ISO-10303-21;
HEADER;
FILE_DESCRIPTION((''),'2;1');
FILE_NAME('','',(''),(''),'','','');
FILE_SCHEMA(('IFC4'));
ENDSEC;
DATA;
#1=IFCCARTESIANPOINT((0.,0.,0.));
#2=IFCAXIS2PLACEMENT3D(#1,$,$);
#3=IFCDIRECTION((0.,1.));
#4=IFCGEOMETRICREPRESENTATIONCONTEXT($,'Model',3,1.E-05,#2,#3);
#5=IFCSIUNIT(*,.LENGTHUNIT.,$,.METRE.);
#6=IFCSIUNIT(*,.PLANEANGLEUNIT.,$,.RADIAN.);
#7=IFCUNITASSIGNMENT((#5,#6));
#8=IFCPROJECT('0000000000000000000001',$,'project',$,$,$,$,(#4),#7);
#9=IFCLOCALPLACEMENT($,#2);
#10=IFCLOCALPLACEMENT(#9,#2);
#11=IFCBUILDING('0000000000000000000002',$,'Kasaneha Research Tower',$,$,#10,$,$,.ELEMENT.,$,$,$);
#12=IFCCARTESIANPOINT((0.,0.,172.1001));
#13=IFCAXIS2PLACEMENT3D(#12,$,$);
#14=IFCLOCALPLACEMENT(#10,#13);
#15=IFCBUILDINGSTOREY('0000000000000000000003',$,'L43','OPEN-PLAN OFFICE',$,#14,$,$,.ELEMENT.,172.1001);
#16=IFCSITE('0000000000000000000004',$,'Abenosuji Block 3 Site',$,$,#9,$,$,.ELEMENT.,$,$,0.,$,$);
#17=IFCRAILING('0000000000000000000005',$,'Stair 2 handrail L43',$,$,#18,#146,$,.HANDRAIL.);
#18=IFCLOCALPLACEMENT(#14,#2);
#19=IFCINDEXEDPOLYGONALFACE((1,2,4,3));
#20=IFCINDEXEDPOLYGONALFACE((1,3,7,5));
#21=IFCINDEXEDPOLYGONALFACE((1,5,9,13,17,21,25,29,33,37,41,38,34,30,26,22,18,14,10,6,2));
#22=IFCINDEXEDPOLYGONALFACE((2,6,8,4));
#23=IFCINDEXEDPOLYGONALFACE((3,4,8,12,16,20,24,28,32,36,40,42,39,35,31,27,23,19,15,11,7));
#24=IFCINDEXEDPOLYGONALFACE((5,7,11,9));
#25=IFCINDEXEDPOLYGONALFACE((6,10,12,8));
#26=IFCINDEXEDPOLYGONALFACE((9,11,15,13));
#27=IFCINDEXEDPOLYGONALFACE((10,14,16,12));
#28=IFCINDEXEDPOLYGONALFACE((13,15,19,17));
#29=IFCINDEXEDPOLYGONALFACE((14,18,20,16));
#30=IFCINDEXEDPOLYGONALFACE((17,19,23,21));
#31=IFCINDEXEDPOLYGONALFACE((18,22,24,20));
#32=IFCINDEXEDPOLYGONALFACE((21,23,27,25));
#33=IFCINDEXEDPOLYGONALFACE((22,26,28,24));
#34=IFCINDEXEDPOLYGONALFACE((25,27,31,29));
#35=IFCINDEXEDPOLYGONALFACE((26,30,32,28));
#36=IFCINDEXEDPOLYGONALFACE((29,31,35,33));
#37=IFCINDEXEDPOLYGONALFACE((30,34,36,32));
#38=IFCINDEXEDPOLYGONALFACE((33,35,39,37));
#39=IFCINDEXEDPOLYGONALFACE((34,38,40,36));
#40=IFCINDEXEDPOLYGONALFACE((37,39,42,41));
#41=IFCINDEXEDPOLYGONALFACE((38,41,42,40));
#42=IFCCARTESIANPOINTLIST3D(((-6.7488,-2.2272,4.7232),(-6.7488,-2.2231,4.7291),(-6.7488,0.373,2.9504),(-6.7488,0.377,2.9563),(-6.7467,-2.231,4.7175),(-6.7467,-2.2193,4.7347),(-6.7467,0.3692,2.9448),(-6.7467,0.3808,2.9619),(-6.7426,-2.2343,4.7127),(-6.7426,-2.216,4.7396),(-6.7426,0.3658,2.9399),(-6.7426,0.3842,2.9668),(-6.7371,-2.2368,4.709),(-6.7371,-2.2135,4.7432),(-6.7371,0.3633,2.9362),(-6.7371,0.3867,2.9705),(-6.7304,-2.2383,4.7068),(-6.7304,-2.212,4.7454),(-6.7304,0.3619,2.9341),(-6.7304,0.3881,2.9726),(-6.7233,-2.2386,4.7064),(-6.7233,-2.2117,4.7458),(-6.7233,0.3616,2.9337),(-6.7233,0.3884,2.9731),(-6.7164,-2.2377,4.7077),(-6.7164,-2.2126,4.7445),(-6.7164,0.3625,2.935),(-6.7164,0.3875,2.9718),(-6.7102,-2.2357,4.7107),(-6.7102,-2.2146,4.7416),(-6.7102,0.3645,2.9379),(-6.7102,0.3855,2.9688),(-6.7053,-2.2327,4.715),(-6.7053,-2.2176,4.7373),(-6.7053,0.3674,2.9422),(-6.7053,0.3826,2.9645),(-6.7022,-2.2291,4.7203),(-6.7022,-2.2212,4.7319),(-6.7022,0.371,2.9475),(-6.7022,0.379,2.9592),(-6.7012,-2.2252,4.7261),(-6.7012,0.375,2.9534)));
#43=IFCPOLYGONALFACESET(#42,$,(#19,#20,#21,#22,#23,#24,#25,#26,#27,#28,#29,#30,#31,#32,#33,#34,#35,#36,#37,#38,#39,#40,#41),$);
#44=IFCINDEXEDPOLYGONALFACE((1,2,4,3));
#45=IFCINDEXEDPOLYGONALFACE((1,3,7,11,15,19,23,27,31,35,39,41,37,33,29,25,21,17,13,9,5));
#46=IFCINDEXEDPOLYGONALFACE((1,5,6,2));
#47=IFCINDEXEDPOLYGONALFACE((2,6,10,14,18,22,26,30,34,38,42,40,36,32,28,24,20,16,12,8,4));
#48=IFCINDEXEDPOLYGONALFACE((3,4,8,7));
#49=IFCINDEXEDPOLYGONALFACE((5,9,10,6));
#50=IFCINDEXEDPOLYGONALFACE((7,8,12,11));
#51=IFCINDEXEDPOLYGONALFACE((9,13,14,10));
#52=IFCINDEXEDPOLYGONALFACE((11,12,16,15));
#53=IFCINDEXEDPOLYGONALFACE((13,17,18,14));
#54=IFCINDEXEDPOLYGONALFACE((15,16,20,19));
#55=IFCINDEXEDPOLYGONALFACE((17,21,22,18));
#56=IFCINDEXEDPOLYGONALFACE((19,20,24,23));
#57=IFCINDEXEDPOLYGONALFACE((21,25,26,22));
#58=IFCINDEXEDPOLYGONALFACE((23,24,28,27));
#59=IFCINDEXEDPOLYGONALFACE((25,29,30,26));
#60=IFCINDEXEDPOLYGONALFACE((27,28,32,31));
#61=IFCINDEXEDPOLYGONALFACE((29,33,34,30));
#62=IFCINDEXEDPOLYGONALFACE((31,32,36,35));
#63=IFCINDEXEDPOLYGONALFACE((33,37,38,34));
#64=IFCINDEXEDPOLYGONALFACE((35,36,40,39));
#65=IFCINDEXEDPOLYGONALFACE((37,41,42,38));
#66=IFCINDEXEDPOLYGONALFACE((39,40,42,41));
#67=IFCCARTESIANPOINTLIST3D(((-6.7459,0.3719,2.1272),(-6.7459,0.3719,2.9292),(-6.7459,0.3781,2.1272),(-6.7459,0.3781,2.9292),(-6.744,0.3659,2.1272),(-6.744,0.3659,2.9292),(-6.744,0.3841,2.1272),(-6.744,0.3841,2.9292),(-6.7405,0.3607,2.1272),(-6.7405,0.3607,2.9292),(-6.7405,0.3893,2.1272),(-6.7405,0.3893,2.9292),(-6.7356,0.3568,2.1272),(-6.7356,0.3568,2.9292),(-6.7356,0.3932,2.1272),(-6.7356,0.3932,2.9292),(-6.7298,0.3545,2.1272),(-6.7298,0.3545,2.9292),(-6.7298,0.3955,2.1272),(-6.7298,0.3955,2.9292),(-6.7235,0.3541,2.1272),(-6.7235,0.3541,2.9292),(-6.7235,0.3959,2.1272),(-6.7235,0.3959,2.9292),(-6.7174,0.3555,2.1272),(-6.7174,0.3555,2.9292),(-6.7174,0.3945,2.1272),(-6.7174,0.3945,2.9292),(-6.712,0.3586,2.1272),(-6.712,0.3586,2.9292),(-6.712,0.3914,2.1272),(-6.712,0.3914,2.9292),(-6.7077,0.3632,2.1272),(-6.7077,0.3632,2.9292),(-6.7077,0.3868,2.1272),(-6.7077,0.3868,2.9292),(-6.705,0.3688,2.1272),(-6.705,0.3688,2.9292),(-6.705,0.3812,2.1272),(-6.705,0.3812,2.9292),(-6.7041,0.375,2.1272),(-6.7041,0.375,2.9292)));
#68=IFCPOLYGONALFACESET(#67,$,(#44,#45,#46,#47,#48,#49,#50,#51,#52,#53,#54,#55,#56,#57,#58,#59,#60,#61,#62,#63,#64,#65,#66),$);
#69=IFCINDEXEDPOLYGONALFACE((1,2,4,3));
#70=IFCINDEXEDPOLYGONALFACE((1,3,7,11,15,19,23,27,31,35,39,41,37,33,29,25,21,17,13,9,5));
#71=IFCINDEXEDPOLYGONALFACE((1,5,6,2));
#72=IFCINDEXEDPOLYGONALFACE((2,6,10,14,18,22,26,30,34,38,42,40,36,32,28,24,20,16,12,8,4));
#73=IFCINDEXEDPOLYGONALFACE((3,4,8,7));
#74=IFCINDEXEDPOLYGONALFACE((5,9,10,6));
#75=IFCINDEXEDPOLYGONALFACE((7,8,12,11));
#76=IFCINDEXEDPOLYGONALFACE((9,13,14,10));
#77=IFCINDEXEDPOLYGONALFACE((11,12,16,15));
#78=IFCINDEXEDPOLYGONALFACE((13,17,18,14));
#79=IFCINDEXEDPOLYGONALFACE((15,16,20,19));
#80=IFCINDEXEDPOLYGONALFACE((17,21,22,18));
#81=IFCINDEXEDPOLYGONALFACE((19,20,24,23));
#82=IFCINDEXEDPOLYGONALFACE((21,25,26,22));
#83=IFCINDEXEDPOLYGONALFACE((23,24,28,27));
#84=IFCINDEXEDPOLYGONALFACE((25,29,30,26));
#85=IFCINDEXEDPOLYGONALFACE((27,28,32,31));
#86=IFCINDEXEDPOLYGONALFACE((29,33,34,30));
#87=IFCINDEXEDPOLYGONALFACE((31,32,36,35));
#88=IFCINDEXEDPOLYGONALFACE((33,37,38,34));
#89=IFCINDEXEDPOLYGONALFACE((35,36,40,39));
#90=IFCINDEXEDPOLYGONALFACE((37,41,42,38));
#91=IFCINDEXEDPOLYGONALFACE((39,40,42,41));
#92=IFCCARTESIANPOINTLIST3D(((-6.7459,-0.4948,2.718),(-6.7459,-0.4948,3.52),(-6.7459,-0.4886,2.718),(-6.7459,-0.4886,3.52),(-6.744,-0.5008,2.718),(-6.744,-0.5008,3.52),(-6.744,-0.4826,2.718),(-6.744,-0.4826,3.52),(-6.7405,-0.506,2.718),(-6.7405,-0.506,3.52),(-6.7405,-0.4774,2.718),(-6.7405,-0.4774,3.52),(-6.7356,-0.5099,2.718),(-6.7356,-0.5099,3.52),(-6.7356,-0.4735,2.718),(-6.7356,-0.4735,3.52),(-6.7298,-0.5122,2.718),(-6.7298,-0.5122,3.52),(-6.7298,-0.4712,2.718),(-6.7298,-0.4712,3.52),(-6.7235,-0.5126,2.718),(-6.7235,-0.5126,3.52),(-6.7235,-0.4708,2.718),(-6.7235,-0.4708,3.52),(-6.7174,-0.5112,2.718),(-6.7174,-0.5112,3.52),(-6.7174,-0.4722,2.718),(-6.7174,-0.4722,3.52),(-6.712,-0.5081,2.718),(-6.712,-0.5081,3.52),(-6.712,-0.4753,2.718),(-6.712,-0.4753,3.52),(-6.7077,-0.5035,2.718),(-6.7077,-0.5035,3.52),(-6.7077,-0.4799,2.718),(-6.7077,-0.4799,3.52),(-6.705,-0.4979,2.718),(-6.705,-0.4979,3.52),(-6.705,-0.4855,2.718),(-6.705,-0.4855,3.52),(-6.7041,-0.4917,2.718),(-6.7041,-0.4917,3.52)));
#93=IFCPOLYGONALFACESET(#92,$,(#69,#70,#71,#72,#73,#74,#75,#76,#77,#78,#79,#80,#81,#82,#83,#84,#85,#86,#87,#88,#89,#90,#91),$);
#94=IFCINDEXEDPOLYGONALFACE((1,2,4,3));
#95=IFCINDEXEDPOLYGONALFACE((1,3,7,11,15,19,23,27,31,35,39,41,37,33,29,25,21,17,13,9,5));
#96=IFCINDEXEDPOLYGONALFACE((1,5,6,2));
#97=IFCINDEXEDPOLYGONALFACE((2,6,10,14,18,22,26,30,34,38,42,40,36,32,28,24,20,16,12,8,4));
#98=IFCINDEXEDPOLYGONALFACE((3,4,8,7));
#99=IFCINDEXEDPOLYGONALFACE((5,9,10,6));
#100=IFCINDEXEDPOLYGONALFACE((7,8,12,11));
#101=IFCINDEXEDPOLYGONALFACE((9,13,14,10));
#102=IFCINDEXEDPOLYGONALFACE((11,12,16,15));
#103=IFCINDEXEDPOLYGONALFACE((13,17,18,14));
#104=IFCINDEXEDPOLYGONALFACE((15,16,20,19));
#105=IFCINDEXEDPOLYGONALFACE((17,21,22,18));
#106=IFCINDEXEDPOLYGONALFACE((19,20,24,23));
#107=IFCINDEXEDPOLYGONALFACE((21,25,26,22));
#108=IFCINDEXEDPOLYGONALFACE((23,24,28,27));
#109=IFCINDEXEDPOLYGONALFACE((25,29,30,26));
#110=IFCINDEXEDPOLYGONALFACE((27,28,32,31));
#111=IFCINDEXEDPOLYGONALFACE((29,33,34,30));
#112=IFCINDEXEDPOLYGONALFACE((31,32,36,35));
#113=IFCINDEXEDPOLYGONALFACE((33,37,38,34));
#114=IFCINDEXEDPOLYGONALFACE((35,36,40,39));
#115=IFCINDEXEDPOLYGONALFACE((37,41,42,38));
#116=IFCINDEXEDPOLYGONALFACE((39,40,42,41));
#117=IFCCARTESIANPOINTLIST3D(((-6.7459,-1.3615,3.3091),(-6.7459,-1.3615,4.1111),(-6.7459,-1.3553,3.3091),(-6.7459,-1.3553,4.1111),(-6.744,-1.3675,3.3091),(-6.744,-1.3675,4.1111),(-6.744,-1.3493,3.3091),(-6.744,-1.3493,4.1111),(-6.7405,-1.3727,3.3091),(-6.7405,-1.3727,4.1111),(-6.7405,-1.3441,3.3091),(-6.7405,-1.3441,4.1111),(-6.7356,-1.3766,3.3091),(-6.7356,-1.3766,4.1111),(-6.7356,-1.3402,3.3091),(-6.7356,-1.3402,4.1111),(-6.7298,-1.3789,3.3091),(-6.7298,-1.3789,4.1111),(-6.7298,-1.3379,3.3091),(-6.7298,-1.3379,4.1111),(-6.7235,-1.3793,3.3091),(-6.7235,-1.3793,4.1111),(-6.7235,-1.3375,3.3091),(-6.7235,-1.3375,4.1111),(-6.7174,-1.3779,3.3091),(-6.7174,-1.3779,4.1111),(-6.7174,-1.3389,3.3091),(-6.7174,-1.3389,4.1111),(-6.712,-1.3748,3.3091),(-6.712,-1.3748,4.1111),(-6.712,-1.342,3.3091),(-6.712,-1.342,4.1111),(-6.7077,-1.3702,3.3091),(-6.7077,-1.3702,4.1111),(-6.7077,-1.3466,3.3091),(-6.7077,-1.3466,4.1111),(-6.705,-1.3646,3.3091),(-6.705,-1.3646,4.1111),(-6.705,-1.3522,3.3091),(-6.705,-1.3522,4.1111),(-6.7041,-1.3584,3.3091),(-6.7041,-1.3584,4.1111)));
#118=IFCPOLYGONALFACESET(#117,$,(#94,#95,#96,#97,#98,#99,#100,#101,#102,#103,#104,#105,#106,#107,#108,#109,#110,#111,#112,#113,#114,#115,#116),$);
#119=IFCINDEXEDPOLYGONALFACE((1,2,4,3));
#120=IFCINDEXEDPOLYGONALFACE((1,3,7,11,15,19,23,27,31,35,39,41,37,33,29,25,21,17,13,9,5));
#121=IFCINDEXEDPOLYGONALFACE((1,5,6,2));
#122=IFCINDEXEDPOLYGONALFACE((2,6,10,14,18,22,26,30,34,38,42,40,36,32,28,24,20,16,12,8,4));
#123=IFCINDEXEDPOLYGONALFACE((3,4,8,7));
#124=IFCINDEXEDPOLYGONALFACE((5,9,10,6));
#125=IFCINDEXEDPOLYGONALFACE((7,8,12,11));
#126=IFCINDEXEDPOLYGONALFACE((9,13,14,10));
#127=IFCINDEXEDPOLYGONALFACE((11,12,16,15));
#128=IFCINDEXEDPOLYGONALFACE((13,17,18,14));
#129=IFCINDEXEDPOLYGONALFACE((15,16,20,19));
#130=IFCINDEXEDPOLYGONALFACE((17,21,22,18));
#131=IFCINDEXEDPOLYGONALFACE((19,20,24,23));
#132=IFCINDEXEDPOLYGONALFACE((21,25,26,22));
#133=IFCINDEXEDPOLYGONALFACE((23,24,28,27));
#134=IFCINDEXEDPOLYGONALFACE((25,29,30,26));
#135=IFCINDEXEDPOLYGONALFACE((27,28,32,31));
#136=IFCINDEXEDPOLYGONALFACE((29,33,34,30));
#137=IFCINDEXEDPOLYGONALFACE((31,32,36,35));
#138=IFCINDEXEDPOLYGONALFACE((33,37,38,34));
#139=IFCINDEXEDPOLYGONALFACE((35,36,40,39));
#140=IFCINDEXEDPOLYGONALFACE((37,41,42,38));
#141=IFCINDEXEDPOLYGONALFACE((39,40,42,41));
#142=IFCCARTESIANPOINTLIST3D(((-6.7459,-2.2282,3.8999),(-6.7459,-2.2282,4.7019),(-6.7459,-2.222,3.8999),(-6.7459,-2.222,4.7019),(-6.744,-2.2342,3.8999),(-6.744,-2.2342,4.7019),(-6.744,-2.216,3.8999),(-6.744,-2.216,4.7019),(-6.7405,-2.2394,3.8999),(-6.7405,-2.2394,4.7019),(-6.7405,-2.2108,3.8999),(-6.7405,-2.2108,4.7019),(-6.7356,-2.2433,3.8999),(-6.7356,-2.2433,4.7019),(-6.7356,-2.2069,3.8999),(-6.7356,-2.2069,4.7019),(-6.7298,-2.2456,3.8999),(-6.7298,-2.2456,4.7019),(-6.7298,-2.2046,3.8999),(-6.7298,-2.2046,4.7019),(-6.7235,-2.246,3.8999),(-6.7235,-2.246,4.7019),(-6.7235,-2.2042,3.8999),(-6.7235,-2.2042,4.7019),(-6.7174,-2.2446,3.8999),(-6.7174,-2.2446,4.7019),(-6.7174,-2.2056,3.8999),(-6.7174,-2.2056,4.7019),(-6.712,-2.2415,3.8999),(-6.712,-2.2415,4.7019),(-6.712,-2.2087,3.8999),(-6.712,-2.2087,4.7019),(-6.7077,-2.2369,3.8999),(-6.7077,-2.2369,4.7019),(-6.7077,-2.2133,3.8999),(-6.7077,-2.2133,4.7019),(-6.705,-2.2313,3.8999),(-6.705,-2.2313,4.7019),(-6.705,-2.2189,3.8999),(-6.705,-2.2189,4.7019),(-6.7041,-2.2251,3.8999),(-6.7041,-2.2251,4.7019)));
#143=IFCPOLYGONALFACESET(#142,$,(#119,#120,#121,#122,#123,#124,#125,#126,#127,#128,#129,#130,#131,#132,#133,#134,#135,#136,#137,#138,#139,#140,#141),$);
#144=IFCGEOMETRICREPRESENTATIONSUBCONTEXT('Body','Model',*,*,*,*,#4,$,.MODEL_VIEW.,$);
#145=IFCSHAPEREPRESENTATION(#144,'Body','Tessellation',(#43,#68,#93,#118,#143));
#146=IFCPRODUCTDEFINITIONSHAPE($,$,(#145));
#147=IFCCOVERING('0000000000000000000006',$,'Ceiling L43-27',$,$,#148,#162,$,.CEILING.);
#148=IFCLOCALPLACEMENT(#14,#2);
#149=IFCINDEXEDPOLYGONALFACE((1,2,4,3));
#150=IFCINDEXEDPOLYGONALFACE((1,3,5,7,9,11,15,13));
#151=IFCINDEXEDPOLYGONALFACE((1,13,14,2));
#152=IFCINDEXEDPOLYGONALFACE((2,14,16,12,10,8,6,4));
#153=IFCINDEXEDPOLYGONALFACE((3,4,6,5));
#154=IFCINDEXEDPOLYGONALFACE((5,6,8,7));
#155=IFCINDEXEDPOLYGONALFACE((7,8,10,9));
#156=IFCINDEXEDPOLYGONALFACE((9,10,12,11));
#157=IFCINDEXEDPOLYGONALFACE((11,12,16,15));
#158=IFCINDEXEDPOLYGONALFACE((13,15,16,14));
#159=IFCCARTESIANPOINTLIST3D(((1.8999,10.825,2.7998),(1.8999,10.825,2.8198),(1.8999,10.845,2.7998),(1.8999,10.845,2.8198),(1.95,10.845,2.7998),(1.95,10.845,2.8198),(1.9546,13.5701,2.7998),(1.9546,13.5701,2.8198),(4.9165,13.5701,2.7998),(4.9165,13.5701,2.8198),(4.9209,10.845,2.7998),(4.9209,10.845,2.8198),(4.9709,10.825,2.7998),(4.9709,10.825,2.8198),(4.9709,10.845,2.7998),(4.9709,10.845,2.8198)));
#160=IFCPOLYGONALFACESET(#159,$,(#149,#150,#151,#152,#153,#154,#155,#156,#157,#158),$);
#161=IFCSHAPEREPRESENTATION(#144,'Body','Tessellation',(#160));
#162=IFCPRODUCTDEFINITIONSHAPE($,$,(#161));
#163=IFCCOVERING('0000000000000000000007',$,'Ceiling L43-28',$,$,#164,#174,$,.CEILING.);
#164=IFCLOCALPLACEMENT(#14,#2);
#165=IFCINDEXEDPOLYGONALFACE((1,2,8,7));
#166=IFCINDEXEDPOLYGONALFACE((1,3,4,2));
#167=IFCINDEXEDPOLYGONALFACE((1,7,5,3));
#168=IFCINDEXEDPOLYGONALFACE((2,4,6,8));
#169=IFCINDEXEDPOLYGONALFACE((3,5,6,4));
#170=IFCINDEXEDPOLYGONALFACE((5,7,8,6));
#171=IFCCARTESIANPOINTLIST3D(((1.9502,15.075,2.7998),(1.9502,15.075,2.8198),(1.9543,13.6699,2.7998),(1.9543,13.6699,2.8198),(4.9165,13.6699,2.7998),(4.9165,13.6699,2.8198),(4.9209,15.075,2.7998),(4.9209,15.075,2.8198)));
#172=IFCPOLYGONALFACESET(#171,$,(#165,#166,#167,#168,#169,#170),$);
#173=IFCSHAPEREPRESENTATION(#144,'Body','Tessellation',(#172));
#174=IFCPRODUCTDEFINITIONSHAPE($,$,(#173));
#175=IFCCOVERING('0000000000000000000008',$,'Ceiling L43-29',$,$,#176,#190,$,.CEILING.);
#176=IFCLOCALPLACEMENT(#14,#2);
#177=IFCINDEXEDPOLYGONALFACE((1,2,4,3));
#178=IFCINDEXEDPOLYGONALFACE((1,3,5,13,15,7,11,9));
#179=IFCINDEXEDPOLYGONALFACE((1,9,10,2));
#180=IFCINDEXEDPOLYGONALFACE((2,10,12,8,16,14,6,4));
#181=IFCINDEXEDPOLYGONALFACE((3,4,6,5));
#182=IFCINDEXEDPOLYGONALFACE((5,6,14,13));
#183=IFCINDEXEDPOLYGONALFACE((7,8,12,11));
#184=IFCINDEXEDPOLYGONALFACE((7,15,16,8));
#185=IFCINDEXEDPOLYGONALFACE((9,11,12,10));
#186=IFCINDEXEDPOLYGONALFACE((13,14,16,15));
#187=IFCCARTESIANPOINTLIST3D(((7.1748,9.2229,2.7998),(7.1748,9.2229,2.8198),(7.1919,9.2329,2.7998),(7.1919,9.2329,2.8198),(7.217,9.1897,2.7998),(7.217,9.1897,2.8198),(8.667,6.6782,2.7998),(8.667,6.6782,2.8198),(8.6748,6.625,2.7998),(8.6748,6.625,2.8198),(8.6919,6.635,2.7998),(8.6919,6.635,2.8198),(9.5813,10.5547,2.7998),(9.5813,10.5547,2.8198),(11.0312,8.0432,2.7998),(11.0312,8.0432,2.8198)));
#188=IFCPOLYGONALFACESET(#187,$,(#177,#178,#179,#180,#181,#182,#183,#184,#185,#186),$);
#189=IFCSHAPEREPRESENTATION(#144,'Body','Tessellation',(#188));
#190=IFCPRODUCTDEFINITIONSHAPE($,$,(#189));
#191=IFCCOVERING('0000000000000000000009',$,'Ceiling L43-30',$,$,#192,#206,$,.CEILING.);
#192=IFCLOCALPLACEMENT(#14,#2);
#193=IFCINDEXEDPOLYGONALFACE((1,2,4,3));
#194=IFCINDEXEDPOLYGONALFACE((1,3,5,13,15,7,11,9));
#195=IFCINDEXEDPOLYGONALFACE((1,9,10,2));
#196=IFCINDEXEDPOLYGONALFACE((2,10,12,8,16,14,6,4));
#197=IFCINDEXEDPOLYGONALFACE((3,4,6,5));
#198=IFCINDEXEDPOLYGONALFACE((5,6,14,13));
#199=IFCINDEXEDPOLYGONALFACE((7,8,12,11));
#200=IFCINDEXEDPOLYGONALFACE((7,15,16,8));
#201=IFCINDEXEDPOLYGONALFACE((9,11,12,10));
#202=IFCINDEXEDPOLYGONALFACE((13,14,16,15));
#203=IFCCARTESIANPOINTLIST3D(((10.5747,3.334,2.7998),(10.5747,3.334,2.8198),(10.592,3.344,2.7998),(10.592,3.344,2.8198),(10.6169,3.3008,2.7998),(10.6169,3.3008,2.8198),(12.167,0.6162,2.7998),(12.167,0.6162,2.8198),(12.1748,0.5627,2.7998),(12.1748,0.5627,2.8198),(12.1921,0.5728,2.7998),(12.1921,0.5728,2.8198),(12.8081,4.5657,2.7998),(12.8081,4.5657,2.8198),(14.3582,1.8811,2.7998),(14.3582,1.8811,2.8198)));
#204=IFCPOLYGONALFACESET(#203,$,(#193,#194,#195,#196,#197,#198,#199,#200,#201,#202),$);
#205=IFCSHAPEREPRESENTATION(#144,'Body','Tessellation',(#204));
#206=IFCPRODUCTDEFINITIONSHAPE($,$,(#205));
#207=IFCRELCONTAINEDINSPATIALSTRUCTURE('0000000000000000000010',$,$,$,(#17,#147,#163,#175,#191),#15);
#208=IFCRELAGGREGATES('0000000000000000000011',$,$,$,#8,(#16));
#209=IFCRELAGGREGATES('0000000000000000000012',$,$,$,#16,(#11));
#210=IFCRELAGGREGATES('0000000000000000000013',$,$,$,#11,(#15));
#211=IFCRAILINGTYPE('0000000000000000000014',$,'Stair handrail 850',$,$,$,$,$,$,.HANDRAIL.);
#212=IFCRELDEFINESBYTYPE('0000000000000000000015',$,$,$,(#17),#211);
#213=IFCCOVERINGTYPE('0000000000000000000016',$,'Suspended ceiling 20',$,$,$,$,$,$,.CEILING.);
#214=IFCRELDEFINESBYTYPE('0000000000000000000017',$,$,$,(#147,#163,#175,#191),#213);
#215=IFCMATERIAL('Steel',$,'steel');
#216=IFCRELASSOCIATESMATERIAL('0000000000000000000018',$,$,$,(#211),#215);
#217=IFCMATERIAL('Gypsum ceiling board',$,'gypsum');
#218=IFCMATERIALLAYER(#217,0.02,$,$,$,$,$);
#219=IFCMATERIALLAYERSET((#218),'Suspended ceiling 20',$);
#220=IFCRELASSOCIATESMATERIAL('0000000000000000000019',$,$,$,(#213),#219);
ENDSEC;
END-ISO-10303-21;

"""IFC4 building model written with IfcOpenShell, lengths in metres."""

from ifc_helpers import new_model, si_unit, direction, frame, origin, origin_2d, place, context, subcontext, project, spatial, polyline, circle, outline, extrude, material, layer, layer_set, type_object, element, save


model = new_model("IFC4")

# Units and contexts
model_context = context("Model", 3, precision=1e-05, world=origin(), true_north=direction((0.0, 1.0)))
body_context = subcontext(model_context, "Body", "Model", "MODEL_VIEW")
ifc_project = project(units=[si_unit("LENGTHUNIT", "METRE"), si_unit("PLANEANGLEUNIT", "RADIAN")], contexts=[model_context])

# Site, building, storey
site_placement = place(None, origin())
site = spatial("IfcSite", under=ifc_project, at=site_placement, Name="Abenosuji Block 3 Site", CompositionType="ELEMENT", RefElevation=0.0)
building_placement = place(site_placement, origin())
building = spatial("IfcBuilding", under=site, at=building_placement, Name="Kasaneha Research Tower", CompositionType="ELEMENT")
storey_placement = place(building_placement, frame((0.0, 0.0, 172.1001)))
storey = spatial("IfcBuildingStorey", under=building, at=storey_placement, Name="L43", Description="OPEN-PLAN OFFICE", CompositionType="ELEMENT", Elevation=172.1001)

# Railing
ifc_material_1 = material(Name="Steel", Category="steel")
railing_type_1 = type_object("IfcRailingType", Name="Stair handrail 850", PredefinedType="HANDRAIL", material=ifc_material_1)
railing_1_placement = place(storey_placement, frame((-6.7251, 0.375, 2.1272)))
element("IfcRailing", 1, at=railing_1_placement, inside=storey, type_object=railing_type_1, Name="Stair 2 handrail L43", PredefinedType="HANDRAIL", context=body_context, shape_type="SweptSolid", body=[
    extrude(circle(Radius=0.0239, at=origin_2d()), frame((0.0, 0.0, 0.8262), z_axis=(0.0, -0.82624, 0.563318), x_axis=(1.0, 0.0, 0.0)), (0.0, 0.0, 1.0), 3.147),
    extrude(circle(Radius=0.021, at=origin_2d()), origin(), (0.0, 0.0, 1.0), 0.802),
    extrude(circle(Radius=0.021, at=origin_2d()), frame((0.0, -0.8667, 0.5908)), (0.0, 0.0, 1.0), 0.802),
    extrude(circle(Radius=0.021, at=origin_2d()), frame((0.0, -1.7334, 1.1819)), (0.0, 0.0, 1.0), 0.802),
    extrude(circle(Radius=0.021, at=origin_2d()), frame((0.0, -2.6001, 1.7727)), (0.0, 0.0, 1.0), 0.802),
])

# Coverings
ifc_material_2 = material(Name="Gypsum ceiling board", Category="gypsum")
ifc_layer_1 = layer(ifc_material_2, 0.02)
ifc_layer_set_1 = layer_set([ifc_layer_1], Name="Suspended ceiling 20")
covering_type_1 = type_object("IfcCoveringType", Name="Suspended ceiling 20", PredefinedType="CEILING", material=ifc_layer_set_1)
covering_1_placement = place(storey_placement, frame((0.0, 0.0, 2.7998)))
element("IfcCovering", 2, at=covering_1_placement, inside=storey, type_object=covering_type_1, Name="Ceiling L43-27", PredefinedType="CEILING", context=body_context, shape_type="SweptSolid", body=[
    extrude(outline(polyline([(1.8999, 10.825), (1.8999, 10.845), (1.95, 10.845), (1.9546, 13.5701), (4.9165, 13.5701), (4.9209, 10.845), (4.9709, 10.845), (4.9709, 10.825), (1.8999, 10.825)])), origin(), (0.0, 0.0, 1.0), 0.02),
])
covering_2_placement = place(storey_placement, frame((0.0, 0.0, 2.7998)))
element("IfcCovering", 3, at=covering_2_placement, inside=storey, type_object=covering_type_1, Name="Ceiling L43-28", PredefinedType="CEILING", context=body_context, shape_type="SweptSolid", body=[
    extrude(outline(polyline([(4.9165, 13.6699), (1.9543, 13.6699), (1.9502, 15.075), (4.9209, 15.075), (4.9165, 13.6699)])), origin(), (0.0, 0.0, 1.0), 0.02),
])
covering_3_placement = place(storey_placement, frame((0.0, 0.0, 2.7998)))
element("IfcCovering", 4, at=covering_3_placement, inside=storey, type_object=covering_type_1, Name="Ceiling L43-29", PredefinedType="CEILING", context=body_context, shape_type="SweptSolid", body=[
    extrude(outline(polyline([(7.1748, 9.2229), (7.1919, 9.2329), (7.217, 9.1897), (9.5813, 10.5547), (11.0312, 8.0432), (8.667, 6.6782), (8.6919, 6.635), (8.6748, 6.625), (7.1748, 9.2229)])), origin(), (0.0, 0.0, 1.0), 0.02),
])
covering_4_placement = place(storey_placement, frame((0.0, 0.0, 2.7998)))
element("IfcCovering", 5, at=covering_4_placement, inside=storey, type_object=covering_type_1, Name="Ceiling L43-30", PredefinedType="CEILING", context=body_context, shape_type="SweptSolid", body=[
    extrude(outline(polyline([(10.5747, 3.334), (10.592, 3.344), (10.6169, 3.3008), (12.8081, 4.5657), (14.3582, 1.8811), (12.167, 0.6162), (12.1921, 0.5728), (12.1748, 0.5627), (10.5747, 3.334)])), origin(), (0.0, 0.0, 1.0), 0.02),
])

save(model, "model.ifc")
